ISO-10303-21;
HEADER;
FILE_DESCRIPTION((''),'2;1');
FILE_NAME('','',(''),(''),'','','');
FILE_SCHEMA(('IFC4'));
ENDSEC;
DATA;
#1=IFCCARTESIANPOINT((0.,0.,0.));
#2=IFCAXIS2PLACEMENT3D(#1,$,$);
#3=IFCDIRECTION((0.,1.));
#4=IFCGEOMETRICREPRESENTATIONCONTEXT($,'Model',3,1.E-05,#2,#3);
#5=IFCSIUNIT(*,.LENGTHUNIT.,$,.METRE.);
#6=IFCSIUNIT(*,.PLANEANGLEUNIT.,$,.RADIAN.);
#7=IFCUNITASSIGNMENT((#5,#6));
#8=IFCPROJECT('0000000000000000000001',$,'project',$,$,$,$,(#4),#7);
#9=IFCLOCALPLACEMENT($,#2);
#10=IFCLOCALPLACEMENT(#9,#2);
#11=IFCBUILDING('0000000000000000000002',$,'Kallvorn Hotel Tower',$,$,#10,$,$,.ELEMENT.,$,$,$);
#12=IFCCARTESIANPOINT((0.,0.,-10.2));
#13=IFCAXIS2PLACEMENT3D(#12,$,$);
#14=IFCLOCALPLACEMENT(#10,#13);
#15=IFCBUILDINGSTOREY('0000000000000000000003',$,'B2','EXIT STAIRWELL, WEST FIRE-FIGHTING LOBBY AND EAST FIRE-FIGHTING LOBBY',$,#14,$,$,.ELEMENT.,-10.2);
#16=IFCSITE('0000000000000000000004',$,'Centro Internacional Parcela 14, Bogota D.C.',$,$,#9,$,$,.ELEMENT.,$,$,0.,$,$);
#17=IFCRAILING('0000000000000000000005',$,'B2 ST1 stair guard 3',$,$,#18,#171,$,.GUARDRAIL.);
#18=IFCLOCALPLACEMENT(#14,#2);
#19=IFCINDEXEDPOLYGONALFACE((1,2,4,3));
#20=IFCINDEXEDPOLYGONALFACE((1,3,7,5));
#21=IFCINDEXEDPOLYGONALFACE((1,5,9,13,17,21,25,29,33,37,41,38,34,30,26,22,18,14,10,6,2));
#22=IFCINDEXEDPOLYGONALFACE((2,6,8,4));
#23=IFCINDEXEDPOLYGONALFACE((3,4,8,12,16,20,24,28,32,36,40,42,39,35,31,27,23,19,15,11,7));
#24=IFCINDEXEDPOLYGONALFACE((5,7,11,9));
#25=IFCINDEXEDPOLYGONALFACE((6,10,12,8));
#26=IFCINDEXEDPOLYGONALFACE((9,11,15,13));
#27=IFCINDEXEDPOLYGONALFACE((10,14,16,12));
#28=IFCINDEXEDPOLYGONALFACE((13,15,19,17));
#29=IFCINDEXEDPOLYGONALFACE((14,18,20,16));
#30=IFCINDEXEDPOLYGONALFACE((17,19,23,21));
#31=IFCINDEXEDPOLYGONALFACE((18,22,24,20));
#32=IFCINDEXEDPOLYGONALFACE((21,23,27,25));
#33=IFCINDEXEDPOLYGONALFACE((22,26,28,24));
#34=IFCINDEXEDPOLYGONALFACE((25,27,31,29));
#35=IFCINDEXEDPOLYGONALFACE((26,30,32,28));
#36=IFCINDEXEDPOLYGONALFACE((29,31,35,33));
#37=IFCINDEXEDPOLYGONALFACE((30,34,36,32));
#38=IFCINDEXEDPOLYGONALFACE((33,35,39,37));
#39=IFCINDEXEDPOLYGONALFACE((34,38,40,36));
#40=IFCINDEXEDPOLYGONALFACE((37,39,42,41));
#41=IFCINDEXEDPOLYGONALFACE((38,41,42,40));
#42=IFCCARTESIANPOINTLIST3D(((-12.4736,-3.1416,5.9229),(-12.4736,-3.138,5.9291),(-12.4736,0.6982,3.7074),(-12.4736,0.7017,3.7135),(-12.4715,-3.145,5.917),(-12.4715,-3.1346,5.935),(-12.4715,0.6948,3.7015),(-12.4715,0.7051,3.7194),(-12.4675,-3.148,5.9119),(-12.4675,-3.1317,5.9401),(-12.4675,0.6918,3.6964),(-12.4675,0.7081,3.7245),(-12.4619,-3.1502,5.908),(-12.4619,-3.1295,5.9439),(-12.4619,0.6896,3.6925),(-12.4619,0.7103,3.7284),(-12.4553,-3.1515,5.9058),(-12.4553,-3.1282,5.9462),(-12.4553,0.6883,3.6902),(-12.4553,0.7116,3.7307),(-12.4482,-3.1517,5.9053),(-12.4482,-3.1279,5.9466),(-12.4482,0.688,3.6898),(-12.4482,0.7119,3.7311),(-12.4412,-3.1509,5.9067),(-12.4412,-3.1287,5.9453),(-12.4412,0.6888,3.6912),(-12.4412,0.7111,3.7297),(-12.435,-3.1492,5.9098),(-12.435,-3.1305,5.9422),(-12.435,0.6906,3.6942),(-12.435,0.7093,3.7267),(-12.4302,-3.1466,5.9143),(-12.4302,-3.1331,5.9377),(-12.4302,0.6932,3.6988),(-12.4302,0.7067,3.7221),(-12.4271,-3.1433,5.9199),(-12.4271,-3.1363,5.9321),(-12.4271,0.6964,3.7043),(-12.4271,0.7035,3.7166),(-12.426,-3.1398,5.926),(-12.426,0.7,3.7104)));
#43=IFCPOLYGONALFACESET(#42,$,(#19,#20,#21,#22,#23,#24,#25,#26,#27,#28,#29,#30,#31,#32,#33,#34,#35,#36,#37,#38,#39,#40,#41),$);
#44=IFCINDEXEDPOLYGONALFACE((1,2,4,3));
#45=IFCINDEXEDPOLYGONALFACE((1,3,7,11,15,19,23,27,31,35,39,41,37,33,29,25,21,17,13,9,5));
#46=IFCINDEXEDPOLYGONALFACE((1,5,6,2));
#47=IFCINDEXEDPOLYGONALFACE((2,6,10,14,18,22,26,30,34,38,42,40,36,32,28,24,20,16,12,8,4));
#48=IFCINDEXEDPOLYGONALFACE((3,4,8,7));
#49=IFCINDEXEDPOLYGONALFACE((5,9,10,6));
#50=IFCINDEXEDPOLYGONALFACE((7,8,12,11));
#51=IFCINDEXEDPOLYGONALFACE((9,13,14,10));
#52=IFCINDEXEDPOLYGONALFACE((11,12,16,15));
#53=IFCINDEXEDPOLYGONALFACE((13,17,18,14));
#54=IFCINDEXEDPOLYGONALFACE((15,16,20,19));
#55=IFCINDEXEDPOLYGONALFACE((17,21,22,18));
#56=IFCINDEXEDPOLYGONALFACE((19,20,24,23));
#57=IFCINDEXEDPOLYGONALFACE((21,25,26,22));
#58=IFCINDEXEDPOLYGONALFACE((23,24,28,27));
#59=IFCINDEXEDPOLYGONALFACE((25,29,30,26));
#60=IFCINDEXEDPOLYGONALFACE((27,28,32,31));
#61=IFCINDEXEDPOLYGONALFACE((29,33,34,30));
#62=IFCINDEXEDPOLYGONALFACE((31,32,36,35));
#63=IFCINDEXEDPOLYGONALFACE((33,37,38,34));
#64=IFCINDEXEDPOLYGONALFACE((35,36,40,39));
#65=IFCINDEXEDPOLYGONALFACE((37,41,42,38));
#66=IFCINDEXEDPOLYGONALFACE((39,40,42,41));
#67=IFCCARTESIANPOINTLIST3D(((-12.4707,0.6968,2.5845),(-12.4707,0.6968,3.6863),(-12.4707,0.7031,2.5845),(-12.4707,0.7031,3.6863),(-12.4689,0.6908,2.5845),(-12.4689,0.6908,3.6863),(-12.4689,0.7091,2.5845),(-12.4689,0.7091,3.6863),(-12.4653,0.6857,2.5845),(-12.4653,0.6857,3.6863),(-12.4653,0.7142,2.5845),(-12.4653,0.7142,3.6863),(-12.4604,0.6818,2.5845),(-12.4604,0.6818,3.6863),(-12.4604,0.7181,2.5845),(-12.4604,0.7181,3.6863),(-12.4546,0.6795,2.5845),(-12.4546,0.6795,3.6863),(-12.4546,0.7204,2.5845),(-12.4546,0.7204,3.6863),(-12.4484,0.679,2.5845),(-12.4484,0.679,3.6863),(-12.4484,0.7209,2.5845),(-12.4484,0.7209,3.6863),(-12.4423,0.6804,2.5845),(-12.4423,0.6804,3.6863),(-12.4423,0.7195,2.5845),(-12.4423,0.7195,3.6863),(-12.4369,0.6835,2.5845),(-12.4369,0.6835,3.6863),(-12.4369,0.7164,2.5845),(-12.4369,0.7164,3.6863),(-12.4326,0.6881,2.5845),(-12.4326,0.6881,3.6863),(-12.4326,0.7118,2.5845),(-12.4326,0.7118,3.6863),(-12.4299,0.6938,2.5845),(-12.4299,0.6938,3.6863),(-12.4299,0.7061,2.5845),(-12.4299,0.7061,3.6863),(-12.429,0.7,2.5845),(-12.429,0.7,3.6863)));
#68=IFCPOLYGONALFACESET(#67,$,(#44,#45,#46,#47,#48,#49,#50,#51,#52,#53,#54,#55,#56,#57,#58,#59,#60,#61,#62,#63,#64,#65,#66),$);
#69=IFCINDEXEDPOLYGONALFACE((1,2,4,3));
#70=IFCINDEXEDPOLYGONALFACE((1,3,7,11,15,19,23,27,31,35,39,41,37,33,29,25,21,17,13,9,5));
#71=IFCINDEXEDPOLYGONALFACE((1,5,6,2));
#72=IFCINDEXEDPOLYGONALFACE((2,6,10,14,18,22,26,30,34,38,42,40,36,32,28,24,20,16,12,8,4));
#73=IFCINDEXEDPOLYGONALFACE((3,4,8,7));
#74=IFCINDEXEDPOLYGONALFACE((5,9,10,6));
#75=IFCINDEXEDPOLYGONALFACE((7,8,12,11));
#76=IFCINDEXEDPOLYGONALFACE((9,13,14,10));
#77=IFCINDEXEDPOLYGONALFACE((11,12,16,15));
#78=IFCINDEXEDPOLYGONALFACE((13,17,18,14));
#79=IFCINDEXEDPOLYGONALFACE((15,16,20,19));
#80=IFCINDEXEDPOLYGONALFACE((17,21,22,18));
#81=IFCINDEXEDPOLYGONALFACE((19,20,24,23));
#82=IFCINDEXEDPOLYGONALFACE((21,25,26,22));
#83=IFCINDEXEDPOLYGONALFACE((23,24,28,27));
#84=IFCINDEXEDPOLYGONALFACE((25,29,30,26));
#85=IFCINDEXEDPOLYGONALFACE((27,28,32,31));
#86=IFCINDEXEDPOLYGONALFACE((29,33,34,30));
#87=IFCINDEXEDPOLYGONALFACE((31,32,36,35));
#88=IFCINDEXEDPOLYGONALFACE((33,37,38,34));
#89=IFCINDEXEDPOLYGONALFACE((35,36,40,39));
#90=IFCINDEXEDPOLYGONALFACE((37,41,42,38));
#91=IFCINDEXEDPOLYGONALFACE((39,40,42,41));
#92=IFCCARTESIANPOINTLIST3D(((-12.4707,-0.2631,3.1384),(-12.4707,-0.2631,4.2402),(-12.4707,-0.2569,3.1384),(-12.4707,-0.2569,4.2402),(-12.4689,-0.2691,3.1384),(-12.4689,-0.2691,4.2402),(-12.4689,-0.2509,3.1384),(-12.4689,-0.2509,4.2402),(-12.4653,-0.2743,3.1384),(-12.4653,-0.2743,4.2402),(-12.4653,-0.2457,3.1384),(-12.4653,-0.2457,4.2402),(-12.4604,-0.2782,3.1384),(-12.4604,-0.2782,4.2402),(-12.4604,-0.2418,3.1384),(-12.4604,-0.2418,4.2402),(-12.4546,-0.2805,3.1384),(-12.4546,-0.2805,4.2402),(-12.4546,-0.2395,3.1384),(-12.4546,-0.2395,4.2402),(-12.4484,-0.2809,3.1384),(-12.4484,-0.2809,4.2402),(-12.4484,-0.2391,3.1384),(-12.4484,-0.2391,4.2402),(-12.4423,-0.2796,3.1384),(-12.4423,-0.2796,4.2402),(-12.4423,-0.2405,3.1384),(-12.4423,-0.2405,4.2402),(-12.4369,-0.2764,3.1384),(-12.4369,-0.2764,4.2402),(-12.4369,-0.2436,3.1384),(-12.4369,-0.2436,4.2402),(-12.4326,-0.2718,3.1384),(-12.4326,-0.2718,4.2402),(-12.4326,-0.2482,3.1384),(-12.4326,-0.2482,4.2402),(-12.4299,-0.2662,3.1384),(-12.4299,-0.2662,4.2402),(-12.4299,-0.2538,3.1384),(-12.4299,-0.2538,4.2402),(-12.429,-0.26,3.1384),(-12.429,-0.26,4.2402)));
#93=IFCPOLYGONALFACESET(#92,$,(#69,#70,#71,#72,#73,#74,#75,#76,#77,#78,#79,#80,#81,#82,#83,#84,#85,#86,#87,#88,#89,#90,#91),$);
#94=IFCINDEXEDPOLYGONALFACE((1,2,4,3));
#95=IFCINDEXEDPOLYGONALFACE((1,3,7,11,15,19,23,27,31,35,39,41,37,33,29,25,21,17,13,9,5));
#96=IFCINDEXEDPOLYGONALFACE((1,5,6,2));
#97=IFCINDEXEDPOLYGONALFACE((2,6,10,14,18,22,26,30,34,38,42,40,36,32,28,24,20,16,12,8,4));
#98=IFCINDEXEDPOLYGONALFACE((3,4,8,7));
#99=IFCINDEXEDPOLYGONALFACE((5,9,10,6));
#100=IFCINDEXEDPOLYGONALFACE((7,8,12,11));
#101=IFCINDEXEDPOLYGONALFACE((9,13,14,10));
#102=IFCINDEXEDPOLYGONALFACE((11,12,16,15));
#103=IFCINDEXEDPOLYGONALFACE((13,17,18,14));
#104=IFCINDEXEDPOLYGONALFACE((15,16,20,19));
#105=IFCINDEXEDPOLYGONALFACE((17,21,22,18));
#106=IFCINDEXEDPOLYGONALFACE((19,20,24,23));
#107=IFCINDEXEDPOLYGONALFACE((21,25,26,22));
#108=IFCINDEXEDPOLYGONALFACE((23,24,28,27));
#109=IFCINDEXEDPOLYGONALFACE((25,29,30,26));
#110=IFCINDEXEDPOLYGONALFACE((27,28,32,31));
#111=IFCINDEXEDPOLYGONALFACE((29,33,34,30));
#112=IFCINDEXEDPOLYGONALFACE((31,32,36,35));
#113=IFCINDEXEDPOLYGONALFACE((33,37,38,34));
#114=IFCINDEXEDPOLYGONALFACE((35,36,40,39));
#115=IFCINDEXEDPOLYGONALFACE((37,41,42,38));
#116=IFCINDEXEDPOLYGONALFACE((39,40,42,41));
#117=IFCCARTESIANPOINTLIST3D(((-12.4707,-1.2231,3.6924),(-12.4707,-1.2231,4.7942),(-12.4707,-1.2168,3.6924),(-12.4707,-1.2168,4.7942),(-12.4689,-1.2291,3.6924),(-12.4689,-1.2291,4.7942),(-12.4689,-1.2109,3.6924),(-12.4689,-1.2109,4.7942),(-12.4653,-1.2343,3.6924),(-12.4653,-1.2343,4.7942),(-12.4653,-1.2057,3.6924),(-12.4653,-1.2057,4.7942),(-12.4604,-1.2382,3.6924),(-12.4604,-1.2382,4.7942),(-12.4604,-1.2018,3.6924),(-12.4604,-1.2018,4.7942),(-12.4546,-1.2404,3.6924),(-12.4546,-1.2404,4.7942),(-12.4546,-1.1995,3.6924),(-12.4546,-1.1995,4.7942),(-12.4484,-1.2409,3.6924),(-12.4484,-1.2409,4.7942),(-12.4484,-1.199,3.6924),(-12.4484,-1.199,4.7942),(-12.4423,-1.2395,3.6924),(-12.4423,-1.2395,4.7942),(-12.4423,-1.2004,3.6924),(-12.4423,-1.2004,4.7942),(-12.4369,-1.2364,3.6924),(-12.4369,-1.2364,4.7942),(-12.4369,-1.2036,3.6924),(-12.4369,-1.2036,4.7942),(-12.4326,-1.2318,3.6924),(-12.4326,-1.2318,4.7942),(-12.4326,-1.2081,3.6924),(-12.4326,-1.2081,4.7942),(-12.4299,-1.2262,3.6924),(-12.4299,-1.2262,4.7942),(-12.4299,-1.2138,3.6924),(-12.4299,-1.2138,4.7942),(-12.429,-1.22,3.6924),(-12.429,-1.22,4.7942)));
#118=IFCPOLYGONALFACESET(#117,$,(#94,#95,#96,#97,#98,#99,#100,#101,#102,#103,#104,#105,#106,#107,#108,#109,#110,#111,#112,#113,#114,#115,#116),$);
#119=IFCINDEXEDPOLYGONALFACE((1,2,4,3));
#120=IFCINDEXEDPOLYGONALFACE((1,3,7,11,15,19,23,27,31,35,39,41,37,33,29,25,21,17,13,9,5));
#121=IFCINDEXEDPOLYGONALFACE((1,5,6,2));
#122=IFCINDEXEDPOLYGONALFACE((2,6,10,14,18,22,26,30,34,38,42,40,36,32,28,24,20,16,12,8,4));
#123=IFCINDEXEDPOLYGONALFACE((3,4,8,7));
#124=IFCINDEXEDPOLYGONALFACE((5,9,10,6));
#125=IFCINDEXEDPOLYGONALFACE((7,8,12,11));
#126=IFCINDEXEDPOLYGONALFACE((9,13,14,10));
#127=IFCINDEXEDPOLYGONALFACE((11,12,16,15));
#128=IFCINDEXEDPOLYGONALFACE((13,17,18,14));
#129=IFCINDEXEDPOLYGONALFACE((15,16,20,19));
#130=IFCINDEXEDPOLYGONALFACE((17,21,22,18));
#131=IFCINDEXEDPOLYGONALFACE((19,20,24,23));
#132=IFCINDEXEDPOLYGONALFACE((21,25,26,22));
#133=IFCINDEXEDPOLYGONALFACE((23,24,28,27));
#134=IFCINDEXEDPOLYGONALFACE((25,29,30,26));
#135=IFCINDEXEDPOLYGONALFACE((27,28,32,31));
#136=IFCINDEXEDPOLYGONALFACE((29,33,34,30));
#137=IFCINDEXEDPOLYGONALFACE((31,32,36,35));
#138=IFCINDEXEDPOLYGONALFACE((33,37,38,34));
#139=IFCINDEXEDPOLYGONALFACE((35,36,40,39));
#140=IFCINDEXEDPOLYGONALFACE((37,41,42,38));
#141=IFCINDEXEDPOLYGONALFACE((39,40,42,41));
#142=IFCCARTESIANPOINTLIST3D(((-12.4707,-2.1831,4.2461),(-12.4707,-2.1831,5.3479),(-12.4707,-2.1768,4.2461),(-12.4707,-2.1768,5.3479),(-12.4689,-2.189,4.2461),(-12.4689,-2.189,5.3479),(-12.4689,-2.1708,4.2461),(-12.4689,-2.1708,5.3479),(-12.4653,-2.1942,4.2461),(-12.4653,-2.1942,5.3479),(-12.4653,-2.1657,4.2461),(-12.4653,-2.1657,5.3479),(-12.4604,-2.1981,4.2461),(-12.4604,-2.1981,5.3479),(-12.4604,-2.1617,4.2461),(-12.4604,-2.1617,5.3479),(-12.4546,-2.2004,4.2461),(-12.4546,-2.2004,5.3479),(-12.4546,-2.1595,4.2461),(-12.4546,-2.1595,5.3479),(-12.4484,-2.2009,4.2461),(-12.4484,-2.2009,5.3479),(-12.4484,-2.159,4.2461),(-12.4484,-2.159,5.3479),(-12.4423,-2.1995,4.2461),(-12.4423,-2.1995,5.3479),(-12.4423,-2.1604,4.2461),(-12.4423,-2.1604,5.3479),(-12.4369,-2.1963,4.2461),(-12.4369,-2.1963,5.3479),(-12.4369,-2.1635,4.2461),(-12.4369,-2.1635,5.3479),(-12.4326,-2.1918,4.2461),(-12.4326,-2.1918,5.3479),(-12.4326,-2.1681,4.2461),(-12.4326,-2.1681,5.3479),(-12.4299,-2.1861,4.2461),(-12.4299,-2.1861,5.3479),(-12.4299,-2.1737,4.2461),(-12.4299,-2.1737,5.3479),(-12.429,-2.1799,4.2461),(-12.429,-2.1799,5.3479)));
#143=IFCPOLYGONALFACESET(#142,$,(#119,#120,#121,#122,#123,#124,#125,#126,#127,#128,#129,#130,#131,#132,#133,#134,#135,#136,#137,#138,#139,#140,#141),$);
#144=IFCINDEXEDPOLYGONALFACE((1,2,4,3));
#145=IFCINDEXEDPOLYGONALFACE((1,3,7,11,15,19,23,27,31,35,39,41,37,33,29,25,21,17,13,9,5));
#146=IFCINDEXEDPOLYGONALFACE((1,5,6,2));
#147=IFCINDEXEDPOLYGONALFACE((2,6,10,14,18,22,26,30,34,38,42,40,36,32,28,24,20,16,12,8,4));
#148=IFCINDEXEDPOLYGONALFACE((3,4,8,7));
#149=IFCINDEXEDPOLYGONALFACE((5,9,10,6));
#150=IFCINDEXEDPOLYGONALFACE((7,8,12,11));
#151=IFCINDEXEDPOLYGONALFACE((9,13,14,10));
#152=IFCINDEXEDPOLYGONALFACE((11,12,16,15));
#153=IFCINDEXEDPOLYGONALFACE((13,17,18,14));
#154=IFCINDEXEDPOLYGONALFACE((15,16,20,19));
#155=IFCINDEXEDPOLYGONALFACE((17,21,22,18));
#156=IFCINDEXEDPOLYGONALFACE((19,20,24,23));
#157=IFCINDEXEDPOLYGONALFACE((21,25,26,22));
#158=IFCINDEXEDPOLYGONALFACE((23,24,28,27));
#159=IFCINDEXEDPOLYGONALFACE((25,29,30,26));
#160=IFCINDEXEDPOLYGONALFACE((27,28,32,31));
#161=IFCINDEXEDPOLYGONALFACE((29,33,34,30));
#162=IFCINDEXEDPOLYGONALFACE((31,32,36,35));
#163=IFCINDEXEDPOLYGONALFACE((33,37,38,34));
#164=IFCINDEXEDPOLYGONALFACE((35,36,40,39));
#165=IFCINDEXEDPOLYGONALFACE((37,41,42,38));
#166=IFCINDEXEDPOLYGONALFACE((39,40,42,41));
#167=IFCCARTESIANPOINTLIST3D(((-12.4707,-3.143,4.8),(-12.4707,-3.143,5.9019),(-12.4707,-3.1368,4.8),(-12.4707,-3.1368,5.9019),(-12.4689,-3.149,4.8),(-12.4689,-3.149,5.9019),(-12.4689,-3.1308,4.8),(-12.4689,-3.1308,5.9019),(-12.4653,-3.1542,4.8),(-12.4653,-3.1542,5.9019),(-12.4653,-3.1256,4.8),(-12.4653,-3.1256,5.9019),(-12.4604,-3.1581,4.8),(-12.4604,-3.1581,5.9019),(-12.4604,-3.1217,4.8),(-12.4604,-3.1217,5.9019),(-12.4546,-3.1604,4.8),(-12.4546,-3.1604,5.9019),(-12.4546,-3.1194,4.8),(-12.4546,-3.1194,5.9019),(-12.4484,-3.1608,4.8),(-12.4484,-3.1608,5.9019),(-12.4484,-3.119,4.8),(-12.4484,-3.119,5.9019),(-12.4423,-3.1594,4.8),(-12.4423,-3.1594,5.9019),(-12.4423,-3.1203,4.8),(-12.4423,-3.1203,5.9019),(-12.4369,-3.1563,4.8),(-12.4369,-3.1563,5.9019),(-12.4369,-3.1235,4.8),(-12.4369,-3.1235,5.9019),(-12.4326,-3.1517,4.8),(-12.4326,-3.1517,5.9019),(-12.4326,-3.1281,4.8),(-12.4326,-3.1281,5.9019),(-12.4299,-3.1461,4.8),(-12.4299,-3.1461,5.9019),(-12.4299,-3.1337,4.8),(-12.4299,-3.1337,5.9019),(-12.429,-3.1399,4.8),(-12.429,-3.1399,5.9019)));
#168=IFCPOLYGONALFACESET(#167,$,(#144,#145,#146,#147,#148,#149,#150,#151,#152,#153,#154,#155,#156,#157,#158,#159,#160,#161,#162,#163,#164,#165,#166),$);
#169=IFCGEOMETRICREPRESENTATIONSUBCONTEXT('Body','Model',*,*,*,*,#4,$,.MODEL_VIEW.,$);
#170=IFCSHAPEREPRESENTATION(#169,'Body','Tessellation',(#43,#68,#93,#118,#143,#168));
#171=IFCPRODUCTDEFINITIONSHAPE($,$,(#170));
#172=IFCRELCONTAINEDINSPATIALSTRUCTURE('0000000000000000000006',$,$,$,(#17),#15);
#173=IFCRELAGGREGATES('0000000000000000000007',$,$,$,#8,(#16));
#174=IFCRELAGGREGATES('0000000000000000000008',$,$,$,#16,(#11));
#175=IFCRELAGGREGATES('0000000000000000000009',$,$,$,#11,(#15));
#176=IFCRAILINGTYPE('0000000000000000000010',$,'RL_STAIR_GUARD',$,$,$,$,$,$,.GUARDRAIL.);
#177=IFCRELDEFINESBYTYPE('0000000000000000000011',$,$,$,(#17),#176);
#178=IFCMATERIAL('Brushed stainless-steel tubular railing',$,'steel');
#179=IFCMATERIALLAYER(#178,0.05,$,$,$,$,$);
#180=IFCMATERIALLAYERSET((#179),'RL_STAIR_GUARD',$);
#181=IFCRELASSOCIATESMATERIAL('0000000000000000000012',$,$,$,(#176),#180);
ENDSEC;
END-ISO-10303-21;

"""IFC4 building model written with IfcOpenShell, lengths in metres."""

from ifc_helpers import new_model, si_unit, direction, frame, origin, origin_2d, place, context, subcontext, project, spatial, circle, extrude, material, layer, layer_set, type_object, element, save


model = new_model("IFC4")

# Units and contexts
model_context = context("Model", 3, precision=1e-05, world=origin(), true_north=direction((0.0, 1.0)))
body_context = subcontext(model_context, "Body", "Model", "MODEL_VIEW")
ifc_project = project(units=[si_unit("LENGTHUNIT", "METRE"), si_unit("PLANEANGLEUNIT", "RADIAN")], contexts=[model_context])

# Site, building, storey
site_placement = place(None, origin())
site = spatial("IfcSite", under=ifc_project, at=site_placement, Name="Centro Internacional Parcela 14, Bogota D.C.", CompositionType="ELEMENT", RefElevation=0.0)
building_placement = place(site_placement, origin())
building = spatial("IfcBuilding", under=site, at=building_placement, Name="Kallvorn Hotel Tower", CompositionType="ELEMENT")
storey_placement = place(building_placement, frame((0.0, 0.0, -10.2)))
storey = spatial("IfcBuildingStorey", under=building, at=storey_placement, Name="B2", Description="EXIT STAIRWELL, WEST FIRE-FIGHTING LOBBY AND EAST FIRE-FIGHTING LOBBY", CompositionType="ELEMENT", Elevation=-10.2)

# Railing
ifc_material_1 = material(Name="Brushed stainless-steel tubular railing", Category="steel")
ifc_layer_1 = layer(ifc_material_1, 0.05)
ifc_layer_set_1 = layer_set([ifc_layer_1], Name="RL_STAIR_GUARD")
railing_type_1 = type_object("IfcRailingType", Name="RL_STAIR_GUARD", PredefinedType="GUARDRAIL", material=ifc_layer_set_1)
railing_1_placement = place(storey_placement, frame((-12.45, 0.7, 2.5845)))
element("IfcRailing", 1, at=railing_1_placement, inside=storey, type_object=railing_type_1, Name="B2 ST1 stair guard 3", PredefinedType="GUARDRAIL", context=body_context, shape_type="SweptSolid", body=[
    extrude(circle(Radius=0.0239, at=origin_2d()), frame((0.0, 0.0, 1.126), z_axis=(0.0, -0.866158, 0.49977), x_axis=(1.0, 0.0, 0.0)), (0.0, 0.0, 1.0), 4.4331),
    extrude(circle(Radius=0.021, at=origin_2d()), origin(), (0.0, 0.0, 1.0), 1.1018),
    extrude(circle(Radius=0.021, at=origin_2d()), frame((0.0, -0.96, 0.554)), (0.0, 0.0, 1.0), 1.1018),
    extrude(circle(Radius=0.021, at=origin_2d()), frame((0.0, -1.9199, 1.1079)), (0.0, 0.0, 1.0), 1.1018),
    extrude(circle(Radius=0.021, at=origin_2d()), frame((0.0, -2.8799, 1.6616)), (0.0, 0.0, 1.0), 1.1018),
    extrude(circle(Radius=0.021, at=origin_2d()), frame((0.0, -3.8398, 2.2156)), (0.0, 0.0, 1.0), 1.1018),
])

save(model, "model.ifc")
